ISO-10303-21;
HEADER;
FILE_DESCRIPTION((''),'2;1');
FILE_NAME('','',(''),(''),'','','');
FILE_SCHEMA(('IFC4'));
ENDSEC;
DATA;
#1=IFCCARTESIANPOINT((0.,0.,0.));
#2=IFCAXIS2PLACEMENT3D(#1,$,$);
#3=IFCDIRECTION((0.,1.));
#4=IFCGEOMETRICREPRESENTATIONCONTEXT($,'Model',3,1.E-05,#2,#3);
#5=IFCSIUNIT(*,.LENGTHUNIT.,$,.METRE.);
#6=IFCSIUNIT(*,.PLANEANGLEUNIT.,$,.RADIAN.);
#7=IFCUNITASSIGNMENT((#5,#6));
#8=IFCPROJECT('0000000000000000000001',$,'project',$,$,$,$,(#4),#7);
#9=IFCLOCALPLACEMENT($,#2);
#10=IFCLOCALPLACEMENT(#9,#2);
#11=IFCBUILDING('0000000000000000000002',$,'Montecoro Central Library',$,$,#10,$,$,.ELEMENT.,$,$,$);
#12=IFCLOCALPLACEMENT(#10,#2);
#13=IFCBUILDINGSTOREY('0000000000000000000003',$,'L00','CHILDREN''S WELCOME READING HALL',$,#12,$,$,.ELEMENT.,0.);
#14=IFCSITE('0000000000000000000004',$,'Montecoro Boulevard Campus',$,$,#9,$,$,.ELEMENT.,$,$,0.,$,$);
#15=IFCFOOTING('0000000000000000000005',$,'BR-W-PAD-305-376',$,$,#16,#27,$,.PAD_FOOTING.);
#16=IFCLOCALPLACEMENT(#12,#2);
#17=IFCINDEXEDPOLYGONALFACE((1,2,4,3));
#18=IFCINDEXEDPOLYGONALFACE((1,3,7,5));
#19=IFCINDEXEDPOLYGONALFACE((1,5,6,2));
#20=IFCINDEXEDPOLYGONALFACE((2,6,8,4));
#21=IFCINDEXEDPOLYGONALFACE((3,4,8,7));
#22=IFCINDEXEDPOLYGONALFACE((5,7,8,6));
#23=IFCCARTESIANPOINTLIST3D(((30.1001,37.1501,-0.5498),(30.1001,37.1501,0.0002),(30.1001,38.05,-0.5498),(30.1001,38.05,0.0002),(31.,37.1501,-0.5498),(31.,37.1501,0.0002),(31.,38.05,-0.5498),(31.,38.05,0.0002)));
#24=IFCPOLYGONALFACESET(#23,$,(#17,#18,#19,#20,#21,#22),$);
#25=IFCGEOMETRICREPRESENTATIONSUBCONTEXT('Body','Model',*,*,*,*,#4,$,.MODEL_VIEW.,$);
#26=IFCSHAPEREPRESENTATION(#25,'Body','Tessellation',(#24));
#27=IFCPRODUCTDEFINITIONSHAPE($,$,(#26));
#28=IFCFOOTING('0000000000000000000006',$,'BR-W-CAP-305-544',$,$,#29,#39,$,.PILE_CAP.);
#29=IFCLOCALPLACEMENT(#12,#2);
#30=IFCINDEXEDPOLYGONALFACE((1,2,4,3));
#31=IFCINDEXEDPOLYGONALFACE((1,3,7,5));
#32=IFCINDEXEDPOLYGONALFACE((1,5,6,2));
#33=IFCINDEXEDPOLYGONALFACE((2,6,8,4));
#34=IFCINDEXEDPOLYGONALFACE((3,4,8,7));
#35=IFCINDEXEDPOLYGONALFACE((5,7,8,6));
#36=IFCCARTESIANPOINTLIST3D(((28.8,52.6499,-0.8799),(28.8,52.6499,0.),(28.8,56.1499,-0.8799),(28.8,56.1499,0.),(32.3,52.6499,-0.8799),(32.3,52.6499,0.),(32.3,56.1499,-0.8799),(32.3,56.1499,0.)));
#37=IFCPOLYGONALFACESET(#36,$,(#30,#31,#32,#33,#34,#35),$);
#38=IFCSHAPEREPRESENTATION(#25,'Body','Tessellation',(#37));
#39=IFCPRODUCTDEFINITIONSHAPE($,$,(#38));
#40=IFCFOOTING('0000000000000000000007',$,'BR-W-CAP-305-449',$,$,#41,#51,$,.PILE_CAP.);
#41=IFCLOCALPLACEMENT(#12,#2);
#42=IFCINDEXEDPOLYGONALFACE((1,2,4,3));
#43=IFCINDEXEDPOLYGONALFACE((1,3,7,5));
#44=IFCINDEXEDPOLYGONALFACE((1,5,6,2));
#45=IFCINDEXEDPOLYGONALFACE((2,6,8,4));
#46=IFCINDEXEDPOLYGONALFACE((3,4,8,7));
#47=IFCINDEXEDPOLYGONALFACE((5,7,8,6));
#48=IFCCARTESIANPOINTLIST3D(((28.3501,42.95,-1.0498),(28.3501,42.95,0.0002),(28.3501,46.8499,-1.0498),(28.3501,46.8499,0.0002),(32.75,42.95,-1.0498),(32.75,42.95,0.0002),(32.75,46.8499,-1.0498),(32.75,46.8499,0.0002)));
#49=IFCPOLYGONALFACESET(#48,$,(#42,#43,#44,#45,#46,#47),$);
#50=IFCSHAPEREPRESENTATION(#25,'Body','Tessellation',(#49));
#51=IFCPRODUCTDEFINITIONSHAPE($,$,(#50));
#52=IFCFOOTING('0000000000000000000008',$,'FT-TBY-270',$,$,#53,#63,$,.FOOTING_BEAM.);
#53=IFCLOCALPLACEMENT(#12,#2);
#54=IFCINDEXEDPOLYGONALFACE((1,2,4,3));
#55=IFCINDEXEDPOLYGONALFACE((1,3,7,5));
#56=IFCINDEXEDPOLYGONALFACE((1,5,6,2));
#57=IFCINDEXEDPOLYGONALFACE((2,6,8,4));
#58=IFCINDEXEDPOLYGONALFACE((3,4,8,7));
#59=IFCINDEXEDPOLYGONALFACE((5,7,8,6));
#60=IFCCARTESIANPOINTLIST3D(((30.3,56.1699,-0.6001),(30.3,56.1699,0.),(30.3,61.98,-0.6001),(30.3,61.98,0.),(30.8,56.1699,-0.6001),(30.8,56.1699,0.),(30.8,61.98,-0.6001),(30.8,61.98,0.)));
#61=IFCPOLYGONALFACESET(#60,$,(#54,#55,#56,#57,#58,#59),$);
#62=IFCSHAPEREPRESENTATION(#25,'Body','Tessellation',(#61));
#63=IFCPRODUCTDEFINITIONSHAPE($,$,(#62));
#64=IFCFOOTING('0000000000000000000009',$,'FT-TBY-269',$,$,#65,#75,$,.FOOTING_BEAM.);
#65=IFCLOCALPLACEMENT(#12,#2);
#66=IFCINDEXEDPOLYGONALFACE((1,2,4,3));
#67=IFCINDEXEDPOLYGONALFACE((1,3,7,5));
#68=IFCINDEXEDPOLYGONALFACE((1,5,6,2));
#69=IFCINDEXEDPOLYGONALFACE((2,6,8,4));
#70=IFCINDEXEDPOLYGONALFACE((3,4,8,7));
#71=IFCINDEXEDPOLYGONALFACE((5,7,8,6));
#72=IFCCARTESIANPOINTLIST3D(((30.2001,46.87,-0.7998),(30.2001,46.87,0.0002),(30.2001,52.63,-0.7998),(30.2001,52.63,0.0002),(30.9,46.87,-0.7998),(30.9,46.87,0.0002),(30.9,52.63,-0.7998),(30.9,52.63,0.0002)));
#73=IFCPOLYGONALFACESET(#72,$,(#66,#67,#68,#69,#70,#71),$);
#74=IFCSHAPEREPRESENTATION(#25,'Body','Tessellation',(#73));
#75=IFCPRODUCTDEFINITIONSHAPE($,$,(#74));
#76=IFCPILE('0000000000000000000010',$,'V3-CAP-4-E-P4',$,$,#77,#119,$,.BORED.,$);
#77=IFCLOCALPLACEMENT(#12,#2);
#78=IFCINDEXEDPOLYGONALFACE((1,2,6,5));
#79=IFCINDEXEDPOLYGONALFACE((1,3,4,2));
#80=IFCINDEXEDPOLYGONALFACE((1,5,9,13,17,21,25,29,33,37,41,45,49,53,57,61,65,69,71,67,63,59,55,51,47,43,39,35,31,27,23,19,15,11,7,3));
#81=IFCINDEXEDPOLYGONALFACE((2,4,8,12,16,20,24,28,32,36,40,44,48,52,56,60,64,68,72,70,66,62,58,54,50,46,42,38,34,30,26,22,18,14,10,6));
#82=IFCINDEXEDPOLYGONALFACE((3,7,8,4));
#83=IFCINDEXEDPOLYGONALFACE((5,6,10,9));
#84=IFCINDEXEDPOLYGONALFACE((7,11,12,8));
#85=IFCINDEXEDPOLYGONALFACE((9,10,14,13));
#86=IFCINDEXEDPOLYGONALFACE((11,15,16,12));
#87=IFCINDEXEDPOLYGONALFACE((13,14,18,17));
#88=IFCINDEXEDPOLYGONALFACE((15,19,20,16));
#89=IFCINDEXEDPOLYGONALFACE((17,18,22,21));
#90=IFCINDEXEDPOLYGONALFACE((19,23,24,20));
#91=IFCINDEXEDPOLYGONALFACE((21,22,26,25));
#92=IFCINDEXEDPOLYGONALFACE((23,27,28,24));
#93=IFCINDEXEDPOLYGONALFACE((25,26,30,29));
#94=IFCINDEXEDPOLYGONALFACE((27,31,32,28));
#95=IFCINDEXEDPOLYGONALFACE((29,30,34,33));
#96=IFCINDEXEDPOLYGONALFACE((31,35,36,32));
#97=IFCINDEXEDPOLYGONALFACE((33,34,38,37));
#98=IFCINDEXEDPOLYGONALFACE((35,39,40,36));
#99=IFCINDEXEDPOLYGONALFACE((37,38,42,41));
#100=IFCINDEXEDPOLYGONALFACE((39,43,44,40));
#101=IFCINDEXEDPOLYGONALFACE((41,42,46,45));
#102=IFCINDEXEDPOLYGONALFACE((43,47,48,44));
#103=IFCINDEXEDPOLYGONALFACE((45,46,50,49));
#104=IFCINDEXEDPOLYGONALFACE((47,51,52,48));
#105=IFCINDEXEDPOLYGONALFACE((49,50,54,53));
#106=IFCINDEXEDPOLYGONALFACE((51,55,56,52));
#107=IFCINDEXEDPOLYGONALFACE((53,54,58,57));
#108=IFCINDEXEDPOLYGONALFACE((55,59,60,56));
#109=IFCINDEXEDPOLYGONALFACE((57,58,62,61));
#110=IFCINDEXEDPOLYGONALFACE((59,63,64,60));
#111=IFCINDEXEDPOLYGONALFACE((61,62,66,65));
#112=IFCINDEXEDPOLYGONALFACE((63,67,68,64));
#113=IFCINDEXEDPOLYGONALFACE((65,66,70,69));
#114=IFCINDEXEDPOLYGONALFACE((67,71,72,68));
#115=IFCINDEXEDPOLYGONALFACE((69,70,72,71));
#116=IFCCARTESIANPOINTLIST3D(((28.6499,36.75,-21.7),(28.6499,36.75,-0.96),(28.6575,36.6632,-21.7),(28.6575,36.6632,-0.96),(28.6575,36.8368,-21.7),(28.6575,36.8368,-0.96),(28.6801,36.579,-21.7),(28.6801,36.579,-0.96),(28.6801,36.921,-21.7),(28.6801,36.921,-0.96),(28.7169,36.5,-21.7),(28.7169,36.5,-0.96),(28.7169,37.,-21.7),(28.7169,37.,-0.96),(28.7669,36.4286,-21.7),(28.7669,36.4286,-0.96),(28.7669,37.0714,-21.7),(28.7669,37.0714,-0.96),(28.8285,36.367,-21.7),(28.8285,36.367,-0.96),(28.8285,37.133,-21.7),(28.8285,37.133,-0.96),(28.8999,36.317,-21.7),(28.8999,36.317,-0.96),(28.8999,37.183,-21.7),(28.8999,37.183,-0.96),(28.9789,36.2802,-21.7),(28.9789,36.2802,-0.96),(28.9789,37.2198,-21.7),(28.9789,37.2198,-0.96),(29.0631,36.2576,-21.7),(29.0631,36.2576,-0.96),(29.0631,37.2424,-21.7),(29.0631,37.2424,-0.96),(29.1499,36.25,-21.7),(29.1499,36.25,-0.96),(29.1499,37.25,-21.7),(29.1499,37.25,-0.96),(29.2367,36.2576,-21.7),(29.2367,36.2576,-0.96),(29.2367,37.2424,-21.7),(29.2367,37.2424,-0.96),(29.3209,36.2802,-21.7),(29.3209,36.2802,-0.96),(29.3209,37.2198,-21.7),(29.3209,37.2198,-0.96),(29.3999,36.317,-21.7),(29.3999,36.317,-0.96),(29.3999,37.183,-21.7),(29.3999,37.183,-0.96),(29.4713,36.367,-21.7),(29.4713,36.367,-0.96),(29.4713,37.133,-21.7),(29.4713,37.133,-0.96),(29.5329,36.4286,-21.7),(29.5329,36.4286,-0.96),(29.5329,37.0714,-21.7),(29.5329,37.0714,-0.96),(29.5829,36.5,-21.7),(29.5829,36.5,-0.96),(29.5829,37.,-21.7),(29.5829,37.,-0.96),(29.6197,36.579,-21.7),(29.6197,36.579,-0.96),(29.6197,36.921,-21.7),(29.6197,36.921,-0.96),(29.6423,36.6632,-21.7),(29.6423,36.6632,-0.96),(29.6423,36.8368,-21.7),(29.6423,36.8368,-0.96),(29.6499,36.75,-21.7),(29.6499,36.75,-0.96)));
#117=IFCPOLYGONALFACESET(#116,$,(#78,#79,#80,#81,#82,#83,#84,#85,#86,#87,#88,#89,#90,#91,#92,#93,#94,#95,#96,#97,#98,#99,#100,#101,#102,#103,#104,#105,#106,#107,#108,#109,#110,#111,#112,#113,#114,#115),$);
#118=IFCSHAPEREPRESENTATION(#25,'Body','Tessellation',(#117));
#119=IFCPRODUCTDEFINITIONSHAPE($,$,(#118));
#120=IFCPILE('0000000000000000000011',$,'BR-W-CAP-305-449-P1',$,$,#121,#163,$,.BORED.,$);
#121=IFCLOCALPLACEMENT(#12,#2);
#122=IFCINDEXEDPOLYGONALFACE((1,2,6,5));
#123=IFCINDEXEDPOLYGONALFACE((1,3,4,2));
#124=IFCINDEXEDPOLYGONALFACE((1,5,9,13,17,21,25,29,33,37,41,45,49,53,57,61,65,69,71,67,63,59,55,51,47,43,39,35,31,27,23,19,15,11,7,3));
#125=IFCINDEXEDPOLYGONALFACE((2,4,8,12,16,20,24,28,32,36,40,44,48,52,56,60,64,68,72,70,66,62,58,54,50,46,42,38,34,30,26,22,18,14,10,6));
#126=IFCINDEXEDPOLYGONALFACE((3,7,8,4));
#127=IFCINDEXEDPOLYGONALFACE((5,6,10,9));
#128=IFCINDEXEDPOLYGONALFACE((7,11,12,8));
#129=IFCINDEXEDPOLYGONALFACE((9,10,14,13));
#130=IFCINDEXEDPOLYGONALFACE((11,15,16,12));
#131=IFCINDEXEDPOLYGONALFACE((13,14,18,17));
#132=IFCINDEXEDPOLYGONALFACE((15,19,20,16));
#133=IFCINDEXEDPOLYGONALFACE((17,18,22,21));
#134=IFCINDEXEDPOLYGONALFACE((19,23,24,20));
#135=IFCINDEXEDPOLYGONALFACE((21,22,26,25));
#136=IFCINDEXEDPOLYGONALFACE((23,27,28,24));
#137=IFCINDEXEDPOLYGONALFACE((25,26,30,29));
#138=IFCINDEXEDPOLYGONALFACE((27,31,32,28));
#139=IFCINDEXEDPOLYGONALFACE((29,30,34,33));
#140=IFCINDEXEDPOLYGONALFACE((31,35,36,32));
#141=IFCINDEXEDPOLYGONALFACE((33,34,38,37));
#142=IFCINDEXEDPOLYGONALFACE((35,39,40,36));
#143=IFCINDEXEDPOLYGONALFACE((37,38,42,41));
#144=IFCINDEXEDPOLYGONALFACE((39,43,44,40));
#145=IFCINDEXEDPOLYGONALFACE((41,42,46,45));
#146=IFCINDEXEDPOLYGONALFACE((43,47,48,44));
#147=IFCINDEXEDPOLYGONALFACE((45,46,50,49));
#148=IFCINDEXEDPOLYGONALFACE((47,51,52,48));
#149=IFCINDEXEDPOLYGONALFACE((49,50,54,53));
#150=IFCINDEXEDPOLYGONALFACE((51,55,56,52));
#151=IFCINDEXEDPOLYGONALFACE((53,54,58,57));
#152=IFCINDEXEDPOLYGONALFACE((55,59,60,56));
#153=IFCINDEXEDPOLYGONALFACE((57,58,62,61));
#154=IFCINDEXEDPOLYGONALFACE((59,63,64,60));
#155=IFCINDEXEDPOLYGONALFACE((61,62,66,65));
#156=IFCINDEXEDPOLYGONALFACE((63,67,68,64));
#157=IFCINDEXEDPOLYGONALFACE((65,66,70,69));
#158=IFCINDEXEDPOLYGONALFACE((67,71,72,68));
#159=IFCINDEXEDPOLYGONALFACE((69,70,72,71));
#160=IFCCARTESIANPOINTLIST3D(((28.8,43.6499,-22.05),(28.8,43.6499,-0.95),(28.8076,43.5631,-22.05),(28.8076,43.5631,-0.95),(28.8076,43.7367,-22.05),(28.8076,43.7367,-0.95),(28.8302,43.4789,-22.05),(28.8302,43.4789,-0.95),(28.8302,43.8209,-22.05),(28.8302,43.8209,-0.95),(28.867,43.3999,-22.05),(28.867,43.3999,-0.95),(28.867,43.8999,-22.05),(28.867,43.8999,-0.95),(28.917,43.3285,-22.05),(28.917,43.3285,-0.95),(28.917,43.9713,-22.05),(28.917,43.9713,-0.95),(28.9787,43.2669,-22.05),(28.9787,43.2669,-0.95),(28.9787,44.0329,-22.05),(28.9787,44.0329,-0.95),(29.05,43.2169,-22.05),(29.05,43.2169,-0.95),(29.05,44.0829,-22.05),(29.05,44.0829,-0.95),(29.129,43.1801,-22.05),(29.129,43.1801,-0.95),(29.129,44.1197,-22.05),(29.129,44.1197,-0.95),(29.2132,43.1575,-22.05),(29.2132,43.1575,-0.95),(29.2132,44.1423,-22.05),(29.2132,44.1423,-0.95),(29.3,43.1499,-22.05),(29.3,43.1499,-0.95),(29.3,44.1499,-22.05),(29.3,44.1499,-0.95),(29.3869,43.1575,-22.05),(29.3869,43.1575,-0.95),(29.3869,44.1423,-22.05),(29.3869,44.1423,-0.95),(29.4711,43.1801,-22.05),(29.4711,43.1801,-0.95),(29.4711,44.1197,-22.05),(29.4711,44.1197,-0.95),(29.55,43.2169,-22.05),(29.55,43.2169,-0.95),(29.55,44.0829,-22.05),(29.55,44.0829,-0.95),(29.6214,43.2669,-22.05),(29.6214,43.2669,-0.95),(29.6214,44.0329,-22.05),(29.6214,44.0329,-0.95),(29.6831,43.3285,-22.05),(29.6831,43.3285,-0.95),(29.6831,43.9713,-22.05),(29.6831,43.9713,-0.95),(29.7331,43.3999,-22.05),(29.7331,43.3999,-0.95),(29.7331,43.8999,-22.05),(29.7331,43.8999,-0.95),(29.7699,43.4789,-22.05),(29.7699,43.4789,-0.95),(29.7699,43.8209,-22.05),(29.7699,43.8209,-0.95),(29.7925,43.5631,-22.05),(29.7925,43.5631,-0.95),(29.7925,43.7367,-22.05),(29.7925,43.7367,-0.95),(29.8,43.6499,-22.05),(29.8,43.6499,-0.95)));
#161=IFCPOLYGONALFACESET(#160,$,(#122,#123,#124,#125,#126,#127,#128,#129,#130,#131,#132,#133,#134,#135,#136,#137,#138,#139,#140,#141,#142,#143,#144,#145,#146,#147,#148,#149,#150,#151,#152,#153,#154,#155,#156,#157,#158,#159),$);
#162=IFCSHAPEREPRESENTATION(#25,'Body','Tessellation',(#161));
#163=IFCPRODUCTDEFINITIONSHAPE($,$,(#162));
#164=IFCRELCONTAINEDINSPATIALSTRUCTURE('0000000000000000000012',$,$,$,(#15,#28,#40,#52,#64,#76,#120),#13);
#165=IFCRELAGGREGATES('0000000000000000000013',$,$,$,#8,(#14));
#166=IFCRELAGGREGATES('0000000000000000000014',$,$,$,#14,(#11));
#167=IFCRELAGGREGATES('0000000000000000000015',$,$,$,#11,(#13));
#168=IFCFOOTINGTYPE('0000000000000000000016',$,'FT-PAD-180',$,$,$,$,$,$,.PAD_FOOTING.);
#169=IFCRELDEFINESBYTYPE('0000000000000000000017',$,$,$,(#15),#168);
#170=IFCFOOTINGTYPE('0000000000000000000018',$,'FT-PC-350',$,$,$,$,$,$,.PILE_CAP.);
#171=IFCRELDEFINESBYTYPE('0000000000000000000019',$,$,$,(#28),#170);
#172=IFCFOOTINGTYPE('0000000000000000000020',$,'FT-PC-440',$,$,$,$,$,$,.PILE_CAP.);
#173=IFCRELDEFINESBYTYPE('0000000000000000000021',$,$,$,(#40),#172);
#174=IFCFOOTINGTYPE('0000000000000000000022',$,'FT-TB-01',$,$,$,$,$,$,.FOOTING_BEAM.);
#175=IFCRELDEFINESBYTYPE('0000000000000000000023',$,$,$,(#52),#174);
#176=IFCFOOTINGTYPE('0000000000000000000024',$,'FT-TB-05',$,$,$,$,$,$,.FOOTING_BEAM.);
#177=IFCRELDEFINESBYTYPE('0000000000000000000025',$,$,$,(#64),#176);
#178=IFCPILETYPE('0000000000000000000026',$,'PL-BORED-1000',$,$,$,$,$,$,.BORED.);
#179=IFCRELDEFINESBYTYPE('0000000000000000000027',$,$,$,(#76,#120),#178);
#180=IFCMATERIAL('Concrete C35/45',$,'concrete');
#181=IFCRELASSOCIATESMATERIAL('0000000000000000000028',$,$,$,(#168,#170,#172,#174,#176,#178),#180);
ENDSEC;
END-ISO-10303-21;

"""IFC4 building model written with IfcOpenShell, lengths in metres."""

from ifc_helpers import new_model, si_unit, direction, frame, origin, origin_2d, place, context, subcontext, project, spatial, rectangle, circle, extrude, material, material_profile, profile_set, type_object, element, save


model = new_model("IFC4")

# Units and contexts
model_context = context("Model", 3, precision=1e-05, world=origin(), true_north=direction((0.0, 1.0)))
body_context = subcontext(model_context, "Body", "Model", "MODEL_VIEW")
ifc_project = project(units=[si_unit("LENGTHUNIT", "METRE"), si_unit("PLANEANGLEUNIT", "RADIAN")], contexts=[model_context])

# Site, building, storey
site_placement = place(None, origin())
site = spatial("IfcSite", under=ifc_project, at=site_placement, Name="Montecoro Boulevard Campus", CompositionType="ELEMENT", RefElevation=0.0)
building_placement = place(site_placement, origin())
building = spatial("IfcBuilding", under=site, at=building_placement, Name="Montecoro Central Library", CompositionType="ELEMENT")
storey_placement = place(building_placement, origin())
storey = spatial("IfcBuildingStorey", under=building, at=storey_placement, Name="L00", Description="CHILDREN'S WELCOME READING HALL", CompositionType="ELEMENT", Elevation=0.0)

# Footings
ifc_material_1 = material(Name="Concrete C35/45", Category="concrete")
footing_type_1 = type_object("IfcFootingType", Name="FT-PAD-180", PredefinedType="PAD_FOOTING", material=ifc_material_1)
footing_1_placement = place(storey_placement, frame((30.55, 37.6001, -0.5498), z_axis=(0.0, 0.0, 1.0), x_axis=(1.0, 0.0, 0.0)))
element("IfcFooting", 1, at=footing_1_placement, inside=storey, type_object=footing_type_1, Name="BR-W-PAD-305-376", PredefinedType="PAD_FOOTING", context=body_context, shape_type="SweptSolid", body=[
    extrude(rectangle(XDim=0.8999, YDim=0.8999, at=origin_2d()), origin(), (0.0, 0.0, 1.0), 0.55),
])
footing_type_2 = type_object("IfcFootingType", Name="FT-PC-350", PredefinedType="PILE_CAP", material=ifc_material_1)
footing_2_placement = place(storey_placement, frame((30.55, 54.3999, -0.8799), z_axis=(0.0, 0.0, 1.0), x_axis=(1.0, 0.0, 0.0)))
element("IfcFooting", 2, at=footing_2_placement, inside=storey, type_object=footing_type_2, Name="BR-W-CAP-305-544", PredefinedType="PILE_CAP", context=body_context, shape_type="SweptSolid", body=[
    extrude(rectangle(XDim=3.5, YDim=3.5, at=origin_2d()), origin(), (0.0, 0.0, 1.0), 0.8799),
])
footing_type_3 = type_object("IfcFootingType", Name="FT-PC-440", PredefinedType="PILE_CAP", material=ifc_material_1)
footing_3_placement = place(storey_placement, frame((30.55, 44.8999, -1.0498), z_axis=(0.0, 0.0, 1.0), x_axis=(1.0, 0.0, 0.0)))
element("IfcFooting", 3, at=footing_3_placement, inside=storey, type_object=footing_type_3, Name="BR-W-CAP-305-449", PredefinedType="PILE_CAP", context=body_context, shape_type="SweptSolid", body=[
    extrude(rectangle(XDim=4.3999, YDim=3.8999, at=origin_2d()), origin(), (0.0, 0.0, 1.0), 1.05),
])
footing_type_4 = type_object("IfcFootingType", Name="FT-TB-01", PredefinedType="FOOTING_BEAM", material=ifc_material_1)
footing_4_placement = place(storey_placement, frame((30.55, 59.075, -0.6001), z_axis=(0.0, 0.0, 1.0), x_axis=(1.0, 0.0, 0.0)))
element("IfcFooting", 4, at=footing_4_placement, inside=storey, type_object=footing_type_4, Name="FT-TBY-270", PredefinedType="FOOTING_BEAM", context=body_context, shape_type="SweptSolid", body=[
    extrude(rectangle(XDim=0.5, YDim=5.8101, at=origin_2d()), origin(), (0.0, 0.0, 1.0), 0.6001),
])
footing_type_5 = type_object("IfcFootingType", Name="FT-TB-05", PredefinedType="FOOTING_BEAM", material=ifc_material_1)
footing_5_placement = place(storey_placement, frame((30.55, 49.75, -0.7998), z_axis=(0.0, 0.0, 1.0), x_axis=(1.0, 0.0, 0.0)))
element("IfcFooting", 5, at=footing_5_placement, inside=storey, type_object=footing_type_5, Name="FT-TBY-269", PredefinedType="FOOTING_BEAM", context=body_context, shape_type="SweptSolid", body=[
    extrude(rectangle(XDim=0.7, YDim=5.76, at=origin_2d()), origin(), (0.0, 0.0, 1.0), 0.8),
])

# Piles
ifc_material_profile_1 = material_profile(ifc_material_1, circle(Radius=0.5, at=origin_2d()), Name="PILE D1000")
ifc_profile_set_1 = profile_set([ifc_material_profile_1], Name="Concrete C35/45")
pile_type_1 = type_object("IfcPileType", Name="PL-BORED-1000", PredefinedType="BORED", material=ifc_profile_set_1)
pile_placement = place(storey_placement, frame((29.1499, 36.75, -0.96), z_axis=(0.0, 0.0, -1.0), x_axis=(1.0, 0.0, 0.0)))
element("IfcPile", 6, at=pile_placement, inside=storey, type_object=pile_type_1, Name="V3-CAP-4-E-P4", PredefinedType="BORED", context=body_context, shape_type="SweptSolid", body=[
    extrude(circle(Radius=0.5, at=origin_2d()), origin(), (0.0, 0.0, 1.0), 20.74),
])
for number, where, z_axis, x_axis, name in (
    (7, (29.3, 43.6499, -0.95), (0.0, 0.0, -1.0), (1.0, 0.0, 0.0), "BR-W-CAP-305-449-P1"),
):
    element("IfcPile", number, at=place(storey_placement, frame(where, z_axis=z_axis, x_axis=x_axis)), inside=storey, type_object=pile_type_1, Name=name, PredefinedType="BORED", context=body_context, shape_type="SweptSolid", body=[
        extrude(circle(Radius=0.5, at=origin_2d()), origin(), (0.0, 0.0, 1.0), 21.1001),
    ])

save(model, "model.ifc")
